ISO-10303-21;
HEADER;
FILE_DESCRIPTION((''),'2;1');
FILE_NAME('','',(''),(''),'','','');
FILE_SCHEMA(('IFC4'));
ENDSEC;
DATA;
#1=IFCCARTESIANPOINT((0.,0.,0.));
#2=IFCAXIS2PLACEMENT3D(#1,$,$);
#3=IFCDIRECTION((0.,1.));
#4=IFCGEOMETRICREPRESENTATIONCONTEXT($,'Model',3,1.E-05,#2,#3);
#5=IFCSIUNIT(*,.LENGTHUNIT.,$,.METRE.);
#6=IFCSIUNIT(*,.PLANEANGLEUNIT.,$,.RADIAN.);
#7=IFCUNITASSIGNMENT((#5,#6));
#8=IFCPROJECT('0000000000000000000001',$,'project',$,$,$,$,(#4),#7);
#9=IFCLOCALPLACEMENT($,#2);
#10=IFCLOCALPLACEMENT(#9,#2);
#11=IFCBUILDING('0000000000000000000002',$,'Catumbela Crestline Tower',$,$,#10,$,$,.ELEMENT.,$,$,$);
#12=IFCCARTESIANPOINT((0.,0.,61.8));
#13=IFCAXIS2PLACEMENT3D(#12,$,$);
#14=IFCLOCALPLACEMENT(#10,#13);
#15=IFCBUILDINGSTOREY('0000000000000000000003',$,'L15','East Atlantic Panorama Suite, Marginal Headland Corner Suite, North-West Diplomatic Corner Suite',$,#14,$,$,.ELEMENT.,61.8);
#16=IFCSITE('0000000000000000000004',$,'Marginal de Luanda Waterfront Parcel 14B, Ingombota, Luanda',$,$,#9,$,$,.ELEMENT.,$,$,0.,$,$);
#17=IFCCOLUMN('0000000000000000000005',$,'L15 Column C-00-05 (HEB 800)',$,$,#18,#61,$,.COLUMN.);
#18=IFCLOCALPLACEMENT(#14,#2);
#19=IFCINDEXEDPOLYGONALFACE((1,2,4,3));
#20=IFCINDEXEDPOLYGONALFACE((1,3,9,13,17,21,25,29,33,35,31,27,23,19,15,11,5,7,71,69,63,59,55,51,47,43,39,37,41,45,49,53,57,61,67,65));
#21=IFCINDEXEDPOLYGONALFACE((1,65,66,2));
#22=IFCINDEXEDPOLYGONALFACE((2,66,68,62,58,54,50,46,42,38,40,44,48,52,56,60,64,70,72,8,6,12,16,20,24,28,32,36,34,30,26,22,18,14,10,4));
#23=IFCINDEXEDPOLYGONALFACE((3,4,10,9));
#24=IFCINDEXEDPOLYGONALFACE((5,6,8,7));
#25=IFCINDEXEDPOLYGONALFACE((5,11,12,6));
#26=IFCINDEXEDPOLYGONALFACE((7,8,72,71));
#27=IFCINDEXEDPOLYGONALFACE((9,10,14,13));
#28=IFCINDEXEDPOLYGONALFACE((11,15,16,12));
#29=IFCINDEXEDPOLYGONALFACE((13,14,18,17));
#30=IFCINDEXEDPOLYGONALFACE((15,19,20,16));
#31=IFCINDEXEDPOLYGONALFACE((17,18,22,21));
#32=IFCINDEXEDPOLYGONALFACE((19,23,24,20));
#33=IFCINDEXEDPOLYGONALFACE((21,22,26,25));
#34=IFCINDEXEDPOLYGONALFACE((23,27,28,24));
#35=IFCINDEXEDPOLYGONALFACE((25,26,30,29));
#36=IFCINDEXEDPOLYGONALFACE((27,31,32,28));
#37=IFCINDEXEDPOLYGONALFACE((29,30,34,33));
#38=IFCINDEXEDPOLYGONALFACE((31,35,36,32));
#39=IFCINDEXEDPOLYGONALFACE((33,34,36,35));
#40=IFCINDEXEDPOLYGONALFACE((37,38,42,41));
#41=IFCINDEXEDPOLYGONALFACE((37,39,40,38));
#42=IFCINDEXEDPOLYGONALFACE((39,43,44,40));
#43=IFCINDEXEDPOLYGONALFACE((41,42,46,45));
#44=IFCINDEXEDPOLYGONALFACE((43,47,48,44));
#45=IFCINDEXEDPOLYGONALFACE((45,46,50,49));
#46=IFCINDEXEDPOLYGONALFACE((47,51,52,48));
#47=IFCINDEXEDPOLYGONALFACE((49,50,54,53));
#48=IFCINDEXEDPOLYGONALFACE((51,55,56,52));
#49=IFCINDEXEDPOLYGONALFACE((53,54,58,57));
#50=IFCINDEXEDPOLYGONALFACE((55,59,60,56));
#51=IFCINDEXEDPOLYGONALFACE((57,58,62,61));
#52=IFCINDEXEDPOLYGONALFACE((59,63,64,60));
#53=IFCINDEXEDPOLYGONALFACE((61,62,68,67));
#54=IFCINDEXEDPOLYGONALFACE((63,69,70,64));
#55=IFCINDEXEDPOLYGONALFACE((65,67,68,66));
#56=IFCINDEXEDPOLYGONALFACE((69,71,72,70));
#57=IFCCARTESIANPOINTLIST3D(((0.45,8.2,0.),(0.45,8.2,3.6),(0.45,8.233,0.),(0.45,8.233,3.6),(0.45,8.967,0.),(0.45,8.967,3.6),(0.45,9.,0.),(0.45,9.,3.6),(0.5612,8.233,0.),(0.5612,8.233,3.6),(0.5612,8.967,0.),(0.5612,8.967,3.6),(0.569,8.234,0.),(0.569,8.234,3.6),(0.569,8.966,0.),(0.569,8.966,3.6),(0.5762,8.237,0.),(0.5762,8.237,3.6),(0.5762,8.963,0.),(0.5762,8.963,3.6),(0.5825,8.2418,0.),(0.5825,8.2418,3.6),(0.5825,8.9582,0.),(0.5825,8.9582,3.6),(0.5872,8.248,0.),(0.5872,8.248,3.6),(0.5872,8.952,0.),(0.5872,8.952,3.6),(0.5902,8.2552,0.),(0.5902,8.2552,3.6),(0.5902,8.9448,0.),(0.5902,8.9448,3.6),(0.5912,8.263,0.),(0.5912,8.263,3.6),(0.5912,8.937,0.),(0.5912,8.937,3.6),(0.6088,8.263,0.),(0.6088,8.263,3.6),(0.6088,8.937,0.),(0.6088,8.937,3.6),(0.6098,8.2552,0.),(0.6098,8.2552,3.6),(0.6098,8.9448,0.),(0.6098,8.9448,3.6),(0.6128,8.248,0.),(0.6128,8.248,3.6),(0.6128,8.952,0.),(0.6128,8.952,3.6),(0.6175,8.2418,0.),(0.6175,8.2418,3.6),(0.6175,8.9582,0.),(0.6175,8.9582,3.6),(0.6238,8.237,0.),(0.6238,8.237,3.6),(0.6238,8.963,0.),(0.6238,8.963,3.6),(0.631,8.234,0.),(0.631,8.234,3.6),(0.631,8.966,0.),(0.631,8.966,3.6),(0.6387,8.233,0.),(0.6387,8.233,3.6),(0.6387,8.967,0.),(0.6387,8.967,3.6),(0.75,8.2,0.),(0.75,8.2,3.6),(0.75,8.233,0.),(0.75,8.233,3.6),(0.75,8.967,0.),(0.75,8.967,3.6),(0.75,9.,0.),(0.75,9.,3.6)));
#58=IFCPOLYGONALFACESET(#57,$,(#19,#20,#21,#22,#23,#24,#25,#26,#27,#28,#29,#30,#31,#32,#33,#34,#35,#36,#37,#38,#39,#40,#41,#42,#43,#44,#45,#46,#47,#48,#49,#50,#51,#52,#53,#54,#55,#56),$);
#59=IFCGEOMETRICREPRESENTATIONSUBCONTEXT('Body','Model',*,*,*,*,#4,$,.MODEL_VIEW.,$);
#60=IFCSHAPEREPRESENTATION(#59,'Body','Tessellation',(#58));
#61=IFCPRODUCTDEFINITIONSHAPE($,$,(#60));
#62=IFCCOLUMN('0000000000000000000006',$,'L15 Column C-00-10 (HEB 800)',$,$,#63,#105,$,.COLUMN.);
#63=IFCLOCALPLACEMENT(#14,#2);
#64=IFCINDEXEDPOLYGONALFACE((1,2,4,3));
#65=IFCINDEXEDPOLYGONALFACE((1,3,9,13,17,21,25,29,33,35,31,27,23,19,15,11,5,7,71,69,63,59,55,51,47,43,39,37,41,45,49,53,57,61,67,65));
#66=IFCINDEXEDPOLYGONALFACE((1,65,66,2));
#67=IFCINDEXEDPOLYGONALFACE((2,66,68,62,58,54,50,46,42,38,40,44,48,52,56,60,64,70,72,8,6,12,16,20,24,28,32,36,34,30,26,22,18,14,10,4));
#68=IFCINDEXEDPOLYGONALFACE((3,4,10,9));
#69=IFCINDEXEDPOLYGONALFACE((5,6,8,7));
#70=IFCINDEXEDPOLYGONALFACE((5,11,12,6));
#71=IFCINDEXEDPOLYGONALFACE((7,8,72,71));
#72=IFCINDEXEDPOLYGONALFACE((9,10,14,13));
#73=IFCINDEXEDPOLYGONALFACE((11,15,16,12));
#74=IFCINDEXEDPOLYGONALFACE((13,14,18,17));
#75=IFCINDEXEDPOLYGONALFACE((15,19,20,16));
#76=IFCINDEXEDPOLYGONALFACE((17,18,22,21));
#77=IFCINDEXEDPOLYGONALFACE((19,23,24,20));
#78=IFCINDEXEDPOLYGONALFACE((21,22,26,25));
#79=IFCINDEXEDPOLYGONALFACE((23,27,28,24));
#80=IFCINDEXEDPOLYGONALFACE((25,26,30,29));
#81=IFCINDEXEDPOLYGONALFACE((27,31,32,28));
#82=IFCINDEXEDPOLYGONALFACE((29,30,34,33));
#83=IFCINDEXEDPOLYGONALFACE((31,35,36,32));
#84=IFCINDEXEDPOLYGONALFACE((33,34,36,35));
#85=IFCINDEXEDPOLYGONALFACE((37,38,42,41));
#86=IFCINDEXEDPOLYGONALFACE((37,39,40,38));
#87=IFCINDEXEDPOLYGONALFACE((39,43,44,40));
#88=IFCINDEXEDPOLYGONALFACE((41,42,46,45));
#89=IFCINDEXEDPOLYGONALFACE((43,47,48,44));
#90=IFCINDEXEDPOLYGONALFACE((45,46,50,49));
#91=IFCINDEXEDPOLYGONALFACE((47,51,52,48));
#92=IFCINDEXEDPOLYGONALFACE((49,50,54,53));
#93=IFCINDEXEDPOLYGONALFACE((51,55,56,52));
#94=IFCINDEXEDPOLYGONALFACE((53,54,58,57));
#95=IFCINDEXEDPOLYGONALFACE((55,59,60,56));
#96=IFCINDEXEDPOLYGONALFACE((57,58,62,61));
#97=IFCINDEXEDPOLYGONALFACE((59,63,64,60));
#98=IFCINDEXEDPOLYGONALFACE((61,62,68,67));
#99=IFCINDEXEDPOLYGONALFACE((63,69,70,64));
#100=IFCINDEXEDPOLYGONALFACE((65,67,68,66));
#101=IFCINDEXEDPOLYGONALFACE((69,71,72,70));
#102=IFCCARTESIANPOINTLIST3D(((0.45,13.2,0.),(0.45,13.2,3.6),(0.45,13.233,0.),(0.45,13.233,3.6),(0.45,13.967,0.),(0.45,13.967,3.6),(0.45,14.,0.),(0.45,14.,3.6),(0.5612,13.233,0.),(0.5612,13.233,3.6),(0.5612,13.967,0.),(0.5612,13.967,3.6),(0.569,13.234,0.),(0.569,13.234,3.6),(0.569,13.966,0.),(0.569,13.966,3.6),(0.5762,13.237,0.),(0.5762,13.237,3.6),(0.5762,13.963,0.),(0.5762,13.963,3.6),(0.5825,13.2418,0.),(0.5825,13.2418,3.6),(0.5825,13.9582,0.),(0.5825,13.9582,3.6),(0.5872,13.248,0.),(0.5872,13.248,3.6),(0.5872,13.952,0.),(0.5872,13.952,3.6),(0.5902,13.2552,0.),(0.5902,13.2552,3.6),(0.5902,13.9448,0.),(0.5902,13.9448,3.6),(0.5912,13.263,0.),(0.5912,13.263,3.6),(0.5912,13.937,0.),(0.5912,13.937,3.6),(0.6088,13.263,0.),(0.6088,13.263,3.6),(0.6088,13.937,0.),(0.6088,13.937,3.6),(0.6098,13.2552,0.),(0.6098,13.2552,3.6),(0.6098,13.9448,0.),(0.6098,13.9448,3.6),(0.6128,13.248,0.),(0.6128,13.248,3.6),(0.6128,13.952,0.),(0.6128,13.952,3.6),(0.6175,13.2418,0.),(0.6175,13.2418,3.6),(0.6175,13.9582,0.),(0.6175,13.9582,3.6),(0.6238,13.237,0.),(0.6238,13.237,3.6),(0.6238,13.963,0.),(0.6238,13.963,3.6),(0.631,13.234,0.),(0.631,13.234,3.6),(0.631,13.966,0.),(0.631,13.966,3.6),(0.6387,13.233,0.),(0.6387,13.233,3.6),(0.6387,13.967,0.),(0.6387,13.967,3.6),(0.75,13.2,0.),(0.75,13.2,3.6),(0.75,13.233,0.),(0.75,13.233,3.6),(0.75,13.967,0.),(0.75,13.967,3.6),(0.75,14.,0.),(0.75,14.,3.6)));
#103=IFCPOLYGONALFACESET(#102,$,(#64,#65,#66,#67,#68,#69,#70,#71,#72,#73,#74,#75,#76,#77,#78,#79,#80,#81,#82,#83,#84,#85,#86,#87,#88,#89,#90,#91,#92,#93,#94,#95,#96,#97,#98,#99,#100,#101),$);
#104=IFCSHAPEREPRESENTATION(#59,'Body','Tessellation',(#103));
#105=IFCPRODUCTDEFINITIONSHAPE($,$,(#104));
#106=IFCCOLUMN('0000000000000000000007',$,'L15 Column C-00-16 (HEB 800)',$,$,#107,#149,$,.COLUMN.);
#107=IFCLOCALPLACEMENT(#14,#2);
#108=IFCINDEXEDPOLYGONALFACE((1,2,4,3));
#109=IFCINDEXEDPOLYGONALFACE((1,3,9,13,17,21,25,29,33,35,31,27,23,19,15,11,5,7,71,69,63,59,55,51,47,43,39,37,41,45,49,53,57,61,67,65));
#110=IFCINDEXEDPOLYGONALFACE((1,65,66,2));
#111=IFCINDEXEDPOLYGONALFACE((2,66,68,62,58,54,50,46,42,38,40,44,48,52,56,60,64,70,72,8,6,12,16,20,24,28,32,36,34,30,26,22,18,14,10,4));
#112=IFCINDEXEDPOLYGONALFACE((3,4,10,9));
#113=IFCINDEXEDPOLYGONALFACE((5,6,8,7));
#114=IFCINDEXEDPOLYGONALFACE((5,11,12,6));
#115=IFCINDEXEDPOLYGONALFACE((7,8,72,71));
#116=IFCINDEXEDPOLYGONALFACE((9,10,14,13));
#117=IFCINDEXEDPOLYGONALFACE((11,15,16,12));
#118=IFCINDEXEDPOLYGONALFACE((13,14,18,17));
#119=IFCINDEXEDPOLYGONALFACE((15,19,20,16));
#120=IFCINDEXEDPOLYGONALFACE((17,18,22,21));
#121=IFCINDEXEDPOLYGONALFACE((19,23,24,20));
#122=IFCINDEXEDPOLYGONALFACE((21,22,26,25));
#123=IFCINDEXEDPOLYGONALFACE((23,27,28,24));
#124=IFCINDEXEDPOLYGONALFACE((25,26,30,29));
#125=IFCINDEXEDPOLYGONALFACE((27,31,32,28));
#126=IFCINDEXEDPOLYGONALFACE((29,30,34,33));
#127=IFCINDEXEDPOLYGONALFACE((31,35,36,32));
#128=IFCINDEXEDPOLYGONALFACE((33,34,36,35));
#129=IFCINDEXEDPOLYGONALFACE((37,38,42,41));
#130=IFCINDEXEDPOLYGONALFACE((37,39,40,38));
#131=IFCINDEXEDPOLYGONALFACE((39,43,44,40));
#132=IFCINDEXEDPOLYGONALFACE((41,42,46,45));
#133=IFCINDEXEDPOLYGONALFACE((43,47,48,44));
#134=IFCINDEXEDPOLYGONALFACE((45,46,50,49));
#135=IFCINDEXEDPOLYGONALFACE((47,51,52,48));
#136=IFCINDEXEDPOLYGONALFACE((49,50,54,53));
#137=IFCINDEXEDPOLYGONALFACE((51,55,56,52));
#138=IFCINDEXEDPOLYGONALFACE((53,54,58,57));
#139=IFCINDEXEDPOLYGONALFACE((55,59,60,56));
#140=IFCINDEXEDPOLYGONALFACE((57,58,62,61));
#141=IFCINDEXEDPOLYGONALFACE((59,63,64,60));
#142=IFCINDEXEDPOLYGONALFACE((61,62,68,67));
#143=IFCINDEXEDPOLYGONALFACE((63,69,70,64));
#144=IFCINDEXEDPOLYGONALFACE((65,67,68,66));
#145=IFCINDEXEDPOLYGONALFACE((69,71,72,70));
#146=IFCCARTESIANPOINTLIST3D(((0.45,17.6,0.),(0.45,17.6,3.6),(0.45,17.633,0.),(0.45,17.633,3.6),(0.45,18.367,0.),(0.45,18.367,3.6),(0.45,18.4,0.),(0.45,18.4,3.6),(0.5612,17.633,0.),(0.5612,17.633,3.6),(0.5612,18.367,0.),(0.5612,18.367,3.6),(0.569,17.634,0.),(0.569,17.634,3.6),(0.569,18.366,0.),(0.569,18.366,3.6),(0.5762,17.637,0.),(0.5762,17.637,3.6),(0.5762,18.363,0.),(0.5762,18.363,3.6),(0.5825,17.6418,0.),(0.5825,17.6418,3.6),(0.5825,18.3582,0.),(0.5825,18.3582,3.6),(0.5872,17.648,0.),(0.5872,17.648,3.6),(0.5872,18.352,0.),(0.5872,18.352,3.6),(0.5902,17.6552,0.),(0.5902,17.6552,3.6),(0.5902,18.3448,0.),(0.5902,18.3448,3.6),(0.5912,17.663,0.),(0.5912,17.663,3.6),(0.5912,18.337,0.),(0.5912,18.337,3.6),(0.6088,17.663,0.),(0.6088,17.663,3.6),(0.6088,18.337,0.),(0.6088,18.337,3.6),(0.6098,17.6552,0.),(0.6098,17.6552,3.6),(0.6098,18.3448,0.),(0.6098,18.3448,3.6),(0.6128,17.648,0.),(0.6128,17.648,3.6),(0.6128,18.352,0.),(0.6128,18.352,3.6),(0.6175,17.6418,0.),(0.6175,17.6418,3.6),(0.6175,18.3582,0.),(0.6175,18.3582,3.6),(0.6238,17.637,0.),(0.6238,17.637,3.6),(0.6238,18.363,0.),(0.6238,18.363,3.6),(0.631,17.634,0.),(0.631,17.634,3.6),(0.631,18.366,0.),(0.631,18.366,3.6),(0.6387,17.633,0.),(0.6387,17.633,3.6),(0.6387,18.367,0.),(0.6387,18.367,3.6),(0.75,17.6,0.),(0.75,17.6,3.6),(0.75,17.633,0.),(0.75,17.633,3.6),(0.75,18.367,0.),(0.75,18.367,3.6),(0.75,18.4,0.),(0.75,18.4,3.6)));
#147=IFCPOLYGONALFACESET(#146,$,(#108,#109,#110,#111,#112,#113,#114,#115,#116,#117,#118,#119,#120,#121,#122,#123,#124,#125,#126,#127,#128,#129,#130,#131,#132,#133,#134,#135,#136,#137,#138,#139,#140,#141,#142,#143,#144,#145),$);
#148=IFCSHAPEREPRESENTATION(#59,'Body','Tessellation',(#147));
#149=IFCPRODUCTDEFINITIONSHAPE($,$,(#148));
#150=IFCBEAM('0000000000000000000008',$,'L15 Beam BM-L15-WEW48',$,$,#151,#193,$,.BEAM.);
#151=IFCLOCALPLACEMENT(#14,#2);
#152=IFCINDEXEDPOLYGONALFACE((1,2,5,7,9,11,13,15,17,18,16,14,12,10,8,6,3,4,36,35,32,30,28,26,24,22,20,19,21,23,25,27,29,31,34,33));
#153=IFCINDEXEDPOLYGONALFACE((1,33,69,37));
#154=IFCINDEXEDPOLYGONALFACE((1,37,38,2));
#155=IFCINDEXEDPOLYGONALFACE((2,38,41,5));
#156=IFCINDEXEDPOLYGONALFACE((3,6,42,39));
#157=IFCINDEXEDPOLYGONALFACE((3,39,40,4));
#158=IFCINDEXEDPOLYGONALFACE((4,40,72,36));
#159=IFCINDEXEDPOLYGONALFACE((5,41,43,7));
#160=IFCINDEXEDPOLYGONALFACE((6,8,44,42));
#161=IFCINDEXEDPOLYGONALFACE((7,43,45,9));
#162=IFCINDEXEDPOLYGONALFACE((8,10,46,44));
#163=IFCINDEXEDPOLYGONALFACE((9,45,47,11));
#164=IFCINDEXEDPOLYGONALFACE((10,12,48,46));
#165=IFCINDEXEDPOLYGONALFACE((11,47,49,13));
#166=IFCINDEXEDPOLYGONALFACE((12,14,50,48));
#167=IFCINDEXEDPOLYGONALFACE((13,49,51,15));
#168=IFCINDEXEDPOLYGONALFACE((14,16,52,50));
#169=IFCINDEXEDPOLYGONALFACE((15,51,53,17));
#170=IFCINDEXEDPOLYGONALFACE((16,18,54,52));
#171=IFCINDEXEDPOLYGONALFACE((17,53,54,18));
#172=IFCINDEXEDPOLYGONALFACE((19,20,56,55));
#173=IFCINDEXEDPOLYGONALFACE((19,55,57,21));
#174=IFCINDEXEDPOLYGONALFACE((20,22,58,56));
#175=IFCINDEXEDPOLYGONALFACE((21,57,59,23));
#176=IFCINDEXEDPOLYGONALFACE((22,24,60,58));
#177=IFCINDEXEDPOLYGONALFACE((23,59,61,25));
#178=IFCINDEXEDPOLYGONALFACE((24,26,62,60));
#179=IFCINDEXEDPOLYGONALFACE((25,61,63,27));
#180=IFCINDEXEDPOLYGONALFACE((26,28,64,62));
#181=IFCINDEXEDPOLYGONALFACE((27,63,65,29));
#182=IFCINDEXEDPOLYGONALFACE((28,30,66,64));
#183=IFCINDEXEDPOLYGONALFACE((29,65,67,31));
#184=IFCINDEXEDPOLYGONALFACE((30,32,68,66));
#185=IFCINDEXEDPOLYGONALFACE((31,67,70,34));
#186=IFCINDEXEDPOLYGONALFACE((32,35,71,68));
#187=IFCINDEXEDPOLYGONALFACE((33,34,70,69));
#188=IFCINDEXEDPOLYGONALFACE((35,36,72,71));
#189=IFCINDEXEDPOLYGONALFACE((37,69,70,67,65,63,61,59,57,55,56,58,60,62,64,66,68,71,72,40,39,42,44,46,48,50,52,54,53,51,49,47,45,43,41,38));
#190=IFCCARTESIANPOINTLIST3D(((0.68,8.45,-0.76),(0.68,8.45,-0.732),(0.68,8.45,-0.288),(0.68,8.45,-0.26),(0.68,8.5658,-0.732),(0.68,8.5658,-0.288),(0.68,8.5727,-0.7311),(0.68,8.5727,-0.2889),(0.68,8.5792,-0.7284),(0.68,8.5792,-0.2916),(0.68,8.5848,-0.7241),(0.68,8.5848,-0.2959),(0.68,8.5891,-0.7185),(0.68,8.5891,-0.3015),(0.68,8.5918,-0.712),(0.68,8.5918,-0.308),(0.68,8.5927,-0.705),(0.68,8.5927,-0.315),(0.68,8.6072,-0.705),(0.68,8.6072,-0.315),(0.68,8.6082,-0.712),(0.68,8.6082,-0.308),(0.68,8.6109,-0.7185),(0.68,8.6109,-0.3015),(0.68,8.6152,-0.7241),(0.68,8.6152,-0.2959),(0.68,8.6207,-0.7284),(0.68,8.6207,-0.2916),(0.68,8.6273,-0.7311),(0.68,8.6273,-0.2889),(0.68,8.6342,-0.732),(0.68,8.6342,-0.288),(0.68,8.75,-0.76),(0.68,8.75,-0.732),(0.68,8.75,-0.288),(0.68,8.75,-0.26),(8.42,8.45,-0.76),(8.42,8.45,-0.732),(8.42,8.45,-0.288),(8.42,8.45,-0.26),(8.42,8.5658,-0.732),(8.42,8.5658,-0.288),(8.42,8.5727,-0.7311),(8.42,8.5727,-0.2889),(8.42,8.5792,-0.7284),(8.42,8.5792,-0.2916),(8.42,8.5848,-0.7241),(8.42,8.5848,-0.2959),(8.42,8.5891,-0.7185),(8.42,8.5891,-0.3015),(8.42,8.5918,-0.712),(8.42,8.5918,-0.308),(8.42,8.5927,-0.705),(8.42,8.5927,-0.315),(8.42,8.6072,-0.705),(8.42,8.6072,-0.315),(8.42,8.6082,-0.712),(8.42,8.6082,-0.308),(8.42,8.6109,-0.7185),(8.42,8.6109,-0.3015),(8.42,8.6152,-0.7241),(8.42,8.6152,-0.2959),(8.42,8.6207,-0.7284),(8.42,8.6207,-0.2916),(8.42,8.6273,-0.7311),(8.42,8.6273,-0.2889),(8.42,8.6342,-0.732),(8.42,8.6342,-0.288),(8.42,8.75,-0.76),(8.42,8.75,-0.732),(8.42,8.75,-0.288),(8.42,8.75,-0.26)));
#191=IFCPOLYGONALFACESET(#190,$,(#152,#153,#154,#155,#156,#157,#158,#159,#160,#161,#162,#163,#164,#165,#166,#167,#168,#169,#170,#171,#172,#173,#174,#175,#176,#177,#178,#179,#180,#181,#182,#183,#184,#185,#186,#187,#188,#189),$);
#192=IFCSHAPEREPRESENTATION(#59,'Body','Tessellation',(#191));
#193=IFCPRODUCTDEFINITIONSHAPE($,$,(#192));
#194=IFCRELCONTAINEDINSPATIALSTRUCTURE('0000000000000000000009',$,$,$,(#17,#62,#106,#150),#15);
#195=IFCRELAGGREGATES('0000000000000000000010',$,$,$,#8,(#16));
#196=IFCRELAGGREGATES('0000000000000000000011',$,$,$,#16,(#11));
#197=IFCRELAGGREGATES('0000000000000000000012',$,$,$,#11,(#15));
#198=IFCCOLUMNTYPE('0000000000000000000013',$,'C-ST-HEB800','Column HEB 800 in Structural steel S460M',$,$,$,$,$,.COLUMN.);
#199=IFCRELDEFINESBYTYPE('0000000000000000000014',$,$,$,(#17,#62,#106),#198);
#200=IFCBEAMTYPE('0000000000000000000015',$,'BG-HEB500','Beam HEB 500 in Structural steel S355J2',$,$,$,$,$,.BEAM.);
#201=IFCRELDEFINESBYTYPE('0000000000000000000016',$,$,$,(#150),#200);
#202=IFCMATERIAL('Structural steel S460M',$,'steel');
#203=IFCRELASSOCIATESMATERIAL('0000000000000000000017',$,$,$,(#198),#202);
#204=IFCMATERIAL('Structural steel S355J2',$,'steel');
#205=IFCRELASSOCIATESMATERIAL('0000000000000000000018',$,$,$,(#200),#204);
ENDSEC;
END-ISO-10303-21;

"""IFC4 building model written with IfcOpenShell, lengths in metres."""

from ifc_helpers import new_model, si_unit, direction, frame, origin, origin_2d, place, context, subcontext, project, spatial, i_section, extrude, material, material_profile, profile_set, type_object, element, save


model = new_model("IFC4")

# Units and contexts
model_context = context("Model", 3, precision=1e-05, world=origin(), true_north=direction((0.0, 1.0)))
body_context = subcontext(model_context, "Body", "Model", "MODEL_VIEW")
ifc_project = project(units=[si_unit("LENGTHUNIT", "METRE"), si_unit("PLANEANGLEUNIT", "RADIAN")], contexts=[model_context])

# Site, building, storey
site_placement = place(None, origin())
site = spatial("IfcSite", under=ifc_project, at=site_placement, Name="Marginal de Luanda Waterfront Parcel 14B, Ingombota, Luanda", CompositionType="ELEMENT", RefElevation=0.0)
building_placement = place(site_placement, origin())
building = spatial("IfcBuilding", under=site, at=building_placement, Name="Catumbela Crestline Tower", CompositionType="ELEMENT")
storey_placement = place(building_placement, frame((0.0, 0.0, 61.8)))
storey = spatial("IfcBuildingStorey", under=building, at=storey_placement, Name="L15", Description="East Atlantic Panorama Suite, Marginal Headland Corner Suite, North-West Diplomatic Corner Suite", CompositionType="ELEMENT", Elevation=61.8)

# Columns
ifc_material_1 = material(Name="Structural steel S460M", Category="steel")
ifc_material_profile_1 = material_profile(ifc_material_1, i_section(OverallWidth=0.3, OverallDepth=0.8, WebThickness=0.0175, FlangeThickness=0.033, FilletRadius=0.03, at=origin_2d()), Name="HEB 800")
ifc_profile_set_1 = profile_set([ifc_material_profile_1], Name="Structural steel S460M")
column_type = type_object("IfcColumnType", Name="C-ST-HEB800", Description="Column HEB 800 in Structural steel S460M", PredefinedType="COLUMN", material=ifc_profile_set_1)
for number, where, z_axis, x_axis, name in (
    (1, (0.6, 8.6, 0.0), (0.0, 0.0, 1.0), (1.0, 0.0, 0.0), "L15 Column C-00-05 (HEB 800)"),
    (2, (0.6, 13.6, 0.0), (0.0, 0.0, 1.0), (1.0, 0.0, 0.0), "L15 Column C-00-10 (HEB 800)"),
    (3, (0.6, 18.0, 0.0), (0.0, 0.0, 1.0), (1.0, 0.0, 0.0), "L15 Column C-00-16 (HEB 800)"),
):
    element("IfcColumn", number, at=place(storey_placement, frame(where, z_axis=z_axis, x_axis=x_axis)), inside=storey, type_object=column_type, Name=name, PredefinedType="COLUMN", context=body_context, shape_type="SweptSolid", body=[
        extrude(i_section(OverallWidth=0.3, OverallDepth=0.8, WebThickness=0.0175, FlangeThickness=0.033, FilletRadius=0.03, at=origin_2d()), origin(), (0.0, 0.0, 1.0), 3.6),
    ])

# Beam
ifc_material_2 = material(Name="Structural steel S355J2", Category="steel")
ifc_material_profile_2 = material_profile(ifc_material_2, i_section(OverallWidth=0.3, OverallDepth=0.5, WebThickness=0.0145, FlangeThickness=0.028, FilletRadius=0.027, at=origin_2d()), Name="HEB 500")
ifc_profile_set_2 = profile_set([ifc_material_profile_2], Name="Structural steel S355J2")
beam_type_1 = type_object("IfcBeamType", Name="BG-HEB500", Description="Beam HEB 500 in Structural steel S355J2", PredefinedType="BEAM", material=ifc_profile_set_2)
for number, where, z_axis, x_axis, name in (
    (4, (0.68, 8.6, -0.51), (1.0, 0.0, 0.0), (0.0, 1.0, 0.0), "L15 Beam BM-L15-WEW48"),
):
    element("IfcBeam", number, at=place(storey_placement, frame(where, z_axis=z_axis, x_axis=x_axis)), inside=storey, type_object=beam_type_1, Name=name, PredefinedType="BEAM", context=body_context, shape_type="SweptSolid", body=[
        extrude(i_section(OverallWidth=0.3, OverallDepth=0.5, WebThickness=0.0145, FlangeThickness=0.028, FilletRadius=0.027, at=origin_2d()), origin(), (0.0, 0.0, 1.0), 7.74),
    ])

save(model, "model.ifc")
